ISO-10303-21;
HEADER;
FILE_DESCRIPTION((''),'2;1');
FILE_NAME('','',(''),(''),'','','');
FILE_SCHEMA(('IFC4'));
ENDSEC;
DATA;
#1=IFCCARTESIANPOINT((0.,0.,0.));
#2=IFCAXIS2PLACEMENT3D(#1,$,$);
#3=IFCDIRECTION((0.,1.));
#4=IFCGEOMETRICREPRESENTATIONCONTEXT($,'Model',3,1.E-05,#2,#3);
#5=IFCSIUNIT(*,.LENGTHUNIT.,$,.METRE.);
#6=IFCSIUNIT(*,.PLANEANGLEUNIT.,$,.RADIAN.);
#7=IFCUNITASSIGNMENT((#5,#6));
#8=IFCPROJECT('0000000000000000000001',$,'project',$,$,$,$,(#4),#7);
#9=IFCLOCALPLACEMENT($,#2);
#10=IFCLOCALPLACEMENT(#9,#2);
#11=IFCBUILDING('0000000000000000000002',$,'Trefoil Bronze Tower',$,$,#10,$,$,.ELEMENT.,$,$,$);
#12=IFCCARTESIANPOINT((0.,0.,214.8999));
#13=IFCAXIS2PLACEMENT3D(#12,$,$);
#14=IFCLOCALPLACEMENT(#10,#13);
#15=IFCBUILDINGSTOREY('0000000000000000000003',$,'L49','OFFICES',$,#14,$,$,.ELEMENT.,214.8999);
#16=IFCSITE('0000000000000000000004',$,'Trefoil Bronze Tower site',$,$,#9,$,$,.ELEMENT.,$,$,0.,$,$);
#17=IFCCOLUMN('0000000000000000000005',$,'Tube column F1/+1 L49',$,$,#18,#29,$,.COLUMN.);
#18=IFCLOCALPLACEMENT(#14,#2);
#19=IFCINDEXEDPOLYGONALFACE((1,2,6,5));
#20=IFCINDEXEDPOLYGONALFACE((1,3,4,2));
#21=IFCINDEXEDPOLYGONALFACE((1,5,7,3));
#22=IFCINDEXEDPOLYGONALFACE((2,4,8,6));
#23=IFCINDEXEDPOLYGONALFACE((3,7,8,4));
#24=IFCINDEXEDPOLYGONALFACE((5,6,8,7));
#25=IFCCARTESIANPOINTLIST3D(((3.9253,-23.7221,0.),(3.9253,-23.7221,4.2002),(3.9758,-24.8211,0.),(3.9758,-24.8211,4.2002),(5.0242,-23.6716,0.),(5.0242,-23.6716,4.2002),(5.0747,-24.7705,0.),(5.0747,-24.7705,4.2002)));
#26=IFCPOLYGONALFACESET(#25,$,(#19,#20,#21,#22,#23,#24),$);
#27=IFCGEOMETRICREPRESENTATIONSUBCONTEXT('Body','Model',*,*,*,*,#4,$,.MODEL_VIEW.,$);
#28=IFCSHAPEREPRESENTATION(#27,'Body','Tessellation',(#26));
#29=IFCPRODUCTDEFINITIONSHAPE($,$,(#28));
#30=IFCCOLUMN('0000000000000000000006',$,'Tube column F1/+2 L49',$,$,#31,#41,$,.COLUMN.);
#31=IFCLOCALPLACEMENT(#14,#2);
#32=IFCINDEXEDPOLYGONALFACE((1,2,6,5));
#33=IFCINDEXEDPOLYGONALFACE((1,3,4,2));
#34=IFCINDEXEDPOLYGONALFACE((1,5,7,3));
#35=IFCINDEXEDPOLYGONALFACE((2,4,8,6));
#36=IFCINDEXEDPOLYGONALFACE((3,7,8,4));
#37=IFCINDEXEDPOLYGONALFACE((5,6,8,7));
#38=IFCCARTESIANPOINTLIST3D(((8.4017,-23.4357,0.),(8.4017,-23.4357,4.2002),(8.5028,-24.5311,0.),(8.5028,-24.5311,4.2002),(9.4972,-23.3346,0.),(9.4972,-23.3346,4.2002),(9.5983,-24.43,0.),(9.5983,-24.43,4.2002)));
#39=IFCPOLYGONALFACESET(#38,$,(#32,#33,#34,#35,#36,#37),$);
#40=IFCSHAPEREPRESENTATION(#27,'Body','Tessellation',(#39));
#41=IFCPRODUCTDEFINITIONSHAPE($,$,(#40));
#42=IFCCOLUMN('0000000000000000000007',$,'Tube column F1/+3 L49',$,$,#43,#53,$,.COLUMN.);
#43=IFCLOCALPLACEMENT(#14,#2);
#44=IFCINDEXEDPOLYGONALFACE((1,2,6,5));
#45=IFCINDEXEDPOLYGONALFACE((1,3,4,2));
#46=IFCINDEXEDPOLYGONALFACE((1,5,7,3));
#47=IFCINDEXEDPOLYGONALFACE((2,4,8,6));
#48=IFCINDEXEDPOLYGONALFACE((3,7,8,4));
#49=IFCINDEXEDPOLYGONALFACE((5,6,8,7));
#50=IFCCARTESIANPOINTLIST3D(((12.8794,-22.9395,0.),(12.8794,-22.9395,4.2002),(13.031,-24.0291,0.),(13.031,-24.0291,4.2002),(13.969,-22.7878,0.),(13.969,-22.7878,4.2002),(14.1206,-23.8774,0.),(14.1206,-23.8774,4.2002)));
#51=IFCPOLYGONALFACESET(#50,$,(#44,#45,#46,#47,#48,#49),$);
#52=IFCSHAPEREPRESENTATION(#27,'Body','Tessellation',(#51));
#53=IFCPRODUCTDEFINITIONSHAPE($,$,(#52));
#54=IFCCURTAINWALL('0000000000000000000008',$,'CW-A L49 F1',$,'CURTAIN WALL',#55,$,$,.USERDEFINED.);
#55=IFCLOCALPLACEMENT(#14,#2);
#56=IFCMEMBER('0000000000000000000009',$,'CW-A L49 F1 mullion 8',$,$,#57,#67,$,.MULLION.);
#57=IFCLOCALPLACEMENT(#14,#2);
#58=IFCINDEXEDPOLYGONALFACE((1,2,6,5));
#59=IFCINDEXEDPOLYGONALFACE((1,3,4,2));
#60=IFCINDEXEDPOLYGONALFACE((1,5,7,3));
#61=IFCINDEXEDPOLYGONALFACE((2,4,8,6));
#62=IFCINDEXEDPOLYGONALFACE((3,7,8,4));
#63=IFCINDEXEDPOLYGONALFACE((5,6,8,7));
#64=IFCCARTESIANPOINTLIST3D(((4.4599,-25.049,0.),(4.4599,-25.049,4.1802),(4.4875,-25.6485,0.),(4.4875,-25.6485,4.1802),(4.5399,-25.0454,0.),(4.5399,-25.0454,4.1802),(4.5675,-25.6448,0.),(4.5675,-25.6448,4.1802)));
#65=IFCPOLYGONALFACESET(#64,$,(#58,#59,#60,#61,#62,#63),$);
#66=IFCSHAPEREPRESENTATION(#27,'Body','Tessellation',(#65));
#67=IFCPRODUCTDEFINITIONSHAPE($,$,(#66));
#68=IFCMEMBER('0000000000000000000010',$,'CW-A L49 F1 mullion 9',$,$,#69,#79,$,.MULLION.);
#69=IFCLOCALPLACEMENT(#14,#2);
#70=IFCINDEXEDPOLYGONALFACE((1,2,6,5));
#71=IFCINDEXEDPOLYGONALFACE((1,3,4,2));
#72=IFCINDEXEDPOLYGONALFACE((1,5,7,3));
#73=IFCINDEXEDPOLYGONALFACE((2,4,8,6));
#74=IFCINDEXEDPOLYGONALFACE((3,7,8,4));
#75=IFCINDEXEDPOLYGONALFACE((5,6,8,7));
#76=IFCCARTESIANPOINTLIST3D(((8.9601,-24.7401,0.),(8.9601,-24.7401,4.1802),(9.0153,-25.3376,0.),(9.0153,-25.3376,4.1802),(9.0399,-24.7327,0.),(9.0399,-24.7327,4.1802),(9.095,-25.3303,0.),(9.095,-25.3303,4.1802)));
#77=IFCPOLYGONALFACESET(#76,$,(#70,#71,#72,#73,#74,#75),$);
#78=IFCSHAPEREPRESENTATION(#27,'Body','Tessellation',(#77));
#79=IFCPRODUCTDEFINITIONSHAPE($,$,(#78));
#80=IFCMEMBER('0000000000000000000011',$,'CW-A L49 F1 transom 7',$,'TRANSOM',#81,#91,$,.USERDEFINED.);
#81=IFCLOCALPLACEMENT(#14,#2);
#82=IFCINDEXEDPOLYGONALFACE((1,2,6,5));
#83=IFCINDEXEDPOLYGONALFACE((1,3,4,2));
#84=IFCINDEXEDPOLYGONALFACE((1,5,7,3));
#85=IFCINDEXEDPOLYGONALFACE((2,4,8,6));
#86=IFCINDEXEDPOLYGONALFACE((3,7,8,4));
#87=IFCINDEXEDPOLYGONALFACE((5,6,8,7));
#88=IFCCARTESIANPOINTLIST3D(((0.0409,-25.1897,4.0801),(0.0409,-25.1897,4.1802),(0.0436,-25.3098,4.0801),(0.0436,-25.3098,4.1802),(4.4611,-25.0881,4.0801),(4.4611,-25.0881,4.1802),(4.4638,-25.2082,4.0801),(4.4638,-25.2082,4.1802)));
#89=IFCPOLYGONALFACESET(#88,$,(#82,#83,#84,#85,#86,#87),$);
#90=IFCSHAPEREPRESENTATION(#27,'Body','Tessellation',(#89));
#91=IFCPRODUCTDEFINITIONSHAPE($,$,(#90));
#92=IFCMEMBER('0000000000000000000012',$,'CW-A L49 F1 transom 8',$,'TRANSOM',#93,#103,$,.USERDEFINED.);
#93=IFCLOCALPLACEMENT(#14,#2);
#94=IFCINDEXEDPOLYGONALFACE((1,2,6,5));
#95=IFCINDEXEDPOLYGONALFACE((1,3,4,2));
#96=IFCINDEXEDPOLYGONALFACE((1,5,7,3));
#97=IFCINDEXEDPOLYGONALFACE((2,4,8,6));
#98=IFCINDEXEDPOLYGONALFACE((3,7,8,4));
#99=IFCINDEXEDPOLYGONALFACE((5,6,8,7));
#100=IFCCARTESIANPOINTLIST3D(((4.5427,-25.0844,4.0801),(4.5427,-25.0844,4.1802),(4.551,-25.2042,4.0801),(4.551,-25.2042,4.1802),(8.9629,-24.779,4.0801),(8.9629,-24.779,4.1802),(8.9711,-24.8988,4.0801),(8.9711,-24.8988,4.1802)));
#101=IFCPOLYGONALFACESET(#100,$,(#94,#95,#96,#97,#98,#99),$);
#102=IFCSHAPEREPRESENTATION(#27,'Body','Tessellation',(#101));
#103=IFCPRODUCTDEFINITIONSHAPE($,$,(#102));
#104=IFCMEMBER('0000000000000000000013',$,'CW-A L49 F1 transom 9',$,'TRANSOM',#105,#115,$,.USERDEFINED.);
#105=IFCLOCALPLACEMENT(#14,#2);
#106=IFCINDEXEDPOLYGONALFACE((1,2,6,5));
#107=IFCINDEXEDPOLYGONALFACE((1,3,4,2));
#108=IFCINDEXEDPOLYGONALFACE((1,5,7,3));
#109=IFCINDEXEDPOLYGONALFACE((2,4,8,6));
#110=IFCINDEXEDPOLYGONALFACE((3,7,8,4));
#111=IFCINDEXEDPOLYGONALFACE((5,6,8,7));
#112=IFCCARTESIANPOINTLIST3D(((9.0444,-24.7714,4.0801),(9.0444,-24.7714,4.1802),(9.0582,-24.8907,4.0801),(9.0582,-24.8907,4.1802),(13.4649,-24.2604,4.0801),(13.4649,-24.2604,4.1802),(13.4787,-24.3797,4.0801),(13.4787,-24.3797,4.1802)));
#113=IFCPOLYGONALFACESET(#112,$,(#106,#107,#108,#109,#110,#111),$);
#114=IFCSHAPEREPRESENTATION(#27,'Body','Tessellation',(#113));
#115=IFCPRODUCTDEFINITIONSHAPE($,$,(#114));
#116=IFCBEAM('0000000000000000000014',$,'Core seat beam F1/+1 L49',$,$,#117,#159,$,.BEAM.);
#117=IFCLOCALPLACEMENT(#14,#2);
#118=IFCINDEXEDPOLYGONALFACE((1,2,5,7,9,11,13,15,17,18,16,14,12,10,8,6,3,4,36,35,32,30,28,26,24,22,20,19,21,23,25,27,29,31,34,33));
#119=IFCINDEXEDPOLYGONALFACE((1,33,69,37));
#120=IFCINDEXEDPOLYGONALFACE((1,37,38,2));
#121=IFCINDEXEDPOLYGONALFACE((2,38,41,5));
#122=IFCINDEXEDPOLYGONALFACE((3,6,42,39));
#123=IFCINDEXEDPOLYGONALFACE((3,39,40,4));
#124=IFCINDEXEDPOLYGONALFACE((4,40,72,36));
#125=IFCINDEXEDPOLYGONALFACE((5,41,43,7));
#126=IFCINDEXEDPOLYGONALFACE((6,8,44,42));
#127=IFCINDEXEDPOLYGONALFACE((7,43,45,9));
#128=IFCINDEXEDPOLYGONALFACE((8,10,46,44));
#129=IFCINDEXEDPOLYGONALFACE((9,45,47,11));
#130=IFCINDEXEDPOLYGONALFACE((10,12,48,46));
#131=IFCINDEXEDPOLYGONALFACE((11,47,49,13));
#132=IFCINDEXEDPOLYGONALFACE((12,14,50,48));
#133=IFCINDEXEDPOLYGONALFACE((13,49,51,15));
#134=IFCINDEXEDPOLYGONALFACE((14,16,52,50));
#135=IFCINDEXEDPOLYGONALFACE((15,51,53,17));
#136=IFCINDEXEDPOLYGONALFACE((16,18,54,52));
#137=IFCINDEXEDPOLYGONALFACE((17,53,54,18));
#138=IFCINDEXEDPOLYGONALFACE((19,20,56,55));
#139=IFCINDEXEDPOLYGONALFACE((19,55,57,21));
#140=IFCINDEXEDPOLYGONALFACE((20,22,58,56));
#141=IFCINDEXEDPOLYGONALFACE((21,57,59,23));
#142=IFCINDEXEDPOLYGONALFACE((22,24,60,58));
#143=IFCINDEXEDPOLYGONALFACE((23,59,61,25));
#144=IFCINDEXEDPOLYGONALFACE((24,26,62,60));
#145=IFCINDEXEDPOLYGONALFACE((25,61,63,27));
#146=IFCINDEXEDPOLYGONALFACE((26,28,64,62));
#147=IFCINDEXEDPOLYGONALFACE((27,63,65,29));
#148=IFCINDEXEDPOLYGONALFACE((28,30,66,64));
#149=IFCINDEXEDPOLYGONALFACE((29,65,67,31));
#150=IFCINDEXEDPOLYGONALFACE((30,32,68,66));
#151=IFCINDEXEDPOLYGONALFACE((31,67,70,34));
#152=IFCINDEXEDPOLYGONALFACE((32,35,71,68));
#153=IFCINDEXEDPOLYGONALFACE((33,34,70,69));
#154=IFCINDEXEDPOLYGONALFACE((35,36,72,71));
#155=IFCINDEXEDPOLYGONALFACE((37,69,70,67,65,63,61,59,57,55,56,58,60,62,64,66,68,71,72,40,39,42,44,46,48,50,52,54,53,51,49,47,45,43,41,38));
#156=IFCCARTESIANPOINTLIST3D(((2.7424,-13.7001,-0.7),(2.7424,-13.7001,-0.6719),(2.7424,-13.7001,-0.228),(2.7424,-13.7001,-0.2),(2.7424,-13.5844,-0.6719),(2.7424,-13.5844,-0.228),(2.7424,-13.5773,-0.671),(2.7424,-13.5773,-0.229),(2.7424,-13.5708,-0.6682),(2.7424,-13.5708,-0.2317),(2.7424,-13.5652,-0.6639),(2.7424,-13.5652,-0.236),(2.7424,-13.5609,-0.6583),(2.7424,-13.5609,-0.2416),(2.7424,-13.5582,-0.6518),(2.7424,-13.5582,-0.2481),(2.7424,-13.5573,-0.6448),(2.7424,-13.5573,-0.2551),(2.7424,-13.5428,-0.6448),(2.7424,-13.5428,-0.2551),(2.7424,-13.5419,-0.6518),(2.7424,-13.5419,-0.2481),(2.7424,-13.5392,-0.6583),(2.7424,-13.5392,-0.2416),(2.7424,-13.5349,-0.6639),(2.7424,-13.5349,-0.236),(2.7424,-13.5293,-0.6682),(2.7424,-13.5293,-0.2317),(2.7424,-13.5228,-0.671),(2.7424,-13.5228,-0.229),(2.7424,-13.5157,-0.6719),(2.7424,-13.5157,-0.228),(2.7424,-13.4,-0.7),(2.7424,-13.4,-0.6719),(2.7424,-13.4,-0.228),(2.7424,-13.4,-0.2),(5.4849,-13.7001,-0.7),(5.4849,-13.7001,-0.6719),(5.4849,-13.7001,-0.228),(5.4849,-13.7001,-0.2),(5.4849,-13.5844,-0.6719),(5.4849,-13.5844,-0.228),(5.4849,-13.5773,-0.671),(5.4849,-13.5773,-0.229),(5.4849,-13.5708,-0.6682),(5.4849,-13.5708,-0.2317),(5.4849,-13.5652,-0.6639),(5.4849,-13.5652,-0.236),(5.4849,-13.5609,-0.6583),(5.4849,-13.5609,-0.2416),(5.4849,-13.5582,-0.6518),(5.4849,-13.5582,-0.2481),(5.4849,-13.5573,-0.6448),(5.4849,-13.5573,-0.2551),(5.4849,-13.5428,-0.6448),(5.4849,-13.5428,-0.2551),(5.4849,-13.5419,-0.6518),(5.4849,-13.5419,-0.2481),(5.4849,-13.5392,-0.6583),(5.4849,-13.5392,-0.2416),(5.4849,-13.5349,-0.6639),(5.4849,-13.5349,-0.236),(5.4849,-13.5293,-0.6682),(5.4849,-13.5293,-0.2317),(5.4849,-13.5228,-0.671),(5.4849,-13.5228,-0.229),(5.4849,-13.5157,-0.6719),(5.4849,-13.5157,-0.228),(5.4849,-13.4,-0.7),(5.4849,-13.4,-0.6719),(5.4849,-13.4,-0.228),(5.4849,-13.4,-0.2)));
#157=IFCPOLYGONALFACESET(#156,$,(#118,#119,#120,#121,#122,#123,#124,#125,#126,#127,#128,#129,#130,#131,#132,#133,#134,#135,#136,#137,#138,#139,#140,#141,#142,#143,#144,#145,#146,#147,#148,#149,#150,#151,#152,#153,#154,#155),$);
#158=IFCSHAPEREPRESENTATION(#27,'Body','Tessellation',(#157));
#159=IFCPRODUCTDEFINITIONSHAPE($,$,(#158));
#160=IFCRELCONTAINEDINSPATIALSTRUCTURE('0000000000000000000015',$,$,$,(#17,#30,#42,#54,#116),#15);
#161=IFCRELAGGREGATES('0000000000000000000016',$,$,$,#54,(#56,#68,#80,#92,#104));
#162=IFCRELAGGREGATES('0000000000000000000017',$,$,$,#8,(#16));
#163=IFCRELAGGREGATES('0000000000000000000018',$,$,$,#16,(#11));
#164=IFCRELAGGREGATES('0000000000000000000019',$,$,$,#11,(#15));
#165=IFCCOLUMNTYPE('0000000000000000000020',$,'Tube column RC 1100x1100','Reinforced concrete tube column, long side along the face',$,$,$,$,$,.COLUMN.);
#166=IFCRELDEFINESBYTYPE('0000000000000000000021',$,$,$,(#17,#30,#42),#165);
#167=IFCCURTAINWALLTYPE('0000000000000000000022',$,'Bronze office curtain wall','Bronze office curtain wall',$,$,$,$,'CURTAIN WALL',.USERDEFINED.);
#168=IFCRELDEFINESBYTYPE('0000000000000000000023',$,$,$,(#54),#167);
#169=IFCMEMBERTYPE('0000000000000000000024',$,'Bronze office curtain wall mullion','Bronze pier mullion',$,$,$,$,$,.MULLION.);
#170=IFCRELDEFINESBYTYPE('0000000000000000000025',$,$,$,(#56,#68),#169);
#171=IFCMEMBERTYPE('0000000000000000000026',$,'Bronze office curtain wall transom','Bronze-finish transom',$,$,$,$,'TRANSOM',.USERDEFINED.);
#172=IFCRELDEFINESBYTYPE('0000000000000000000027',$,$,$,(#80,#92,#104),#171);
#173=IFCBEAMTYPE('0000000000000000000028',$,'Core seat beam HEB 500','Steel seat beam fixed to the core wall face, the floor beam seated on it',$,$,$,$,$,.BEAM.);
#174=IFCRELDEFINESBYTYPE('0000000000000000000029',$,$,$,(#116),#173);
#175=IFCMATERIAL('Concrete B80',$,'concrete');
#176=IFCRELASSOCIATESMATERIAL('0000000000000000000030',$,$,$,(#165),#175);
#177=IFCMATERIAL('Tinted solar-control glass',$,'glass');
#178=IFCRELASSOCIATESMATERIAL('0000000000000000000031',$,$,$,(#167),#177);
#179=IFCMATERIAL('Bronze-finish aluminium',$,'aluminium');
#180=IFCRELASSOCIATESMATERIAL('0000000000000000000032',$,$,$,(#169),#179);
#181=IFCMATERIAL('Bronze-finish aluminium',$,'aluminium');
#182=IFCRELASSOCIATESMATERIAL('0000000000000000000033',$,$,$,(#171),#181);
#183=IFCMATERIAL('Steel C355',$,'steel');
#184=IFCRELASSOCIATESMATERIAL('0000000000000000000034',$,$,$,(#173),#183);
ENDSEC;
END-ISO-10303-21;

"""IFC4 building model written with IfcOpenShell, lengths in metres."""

from ifc_helpers import new_model, si_unit, direction, frame, origin, origin_2d, place, context, subcontext, project, spatial, rectangle, i_section, extrude, material, material_profile, profile_set, type_object, element, aggregate, save


model = new_model("IFC4")

# Units and contexts
model_context = context("Model", 3, precision=1e-05, world=origin(), true_north=direction((0.0, 1.0)))
body_context = subcontext(model_context, "Body", "Model", "MODEL_VIEW")
ifc_project = project(units=[si_unit("LENGTHUNIT", "METRE"), si_unit("PLANEANGLEUNIT", "RADIAN")], contexts=[model_context])

# Site, building, storey
site_placement = place(None, origin())
site = spatial("IfcSite", under=ifc_project, at=site_placement, Name="Trefoil Bronze Tower site", CompositionType="ELEMENT", RefElevation=0.0)
building_placement = place(site_placement, origin())
building = spatial("IfcBuilding", under=site, at=building_placement, Name="Trefoil Bronze Tower", CompositionType="ELEMENT")
storey_placement = place(building_placement, frame((0.0, 0.0, 214.8999)))
storey = spatial("IfcBuildingStorey", under=building, at=storey_placement, Name="L49", Description="OFFICES", CompositionType="ELEMENT", Elevation=214.8999)

# Columns
ifc_material_1 = material(Name="Concrete B80", Category="concrete")
ifc_material_profile_1 = material_profile(ifc_material_1, rectangle(XDim=1.1001, YDim=1.1001, at=origin_2d()), Name="RC 1100x1100")
ifc_profile_set_1 = profile_set([ifc_material_profile_1], Name="Concrete B80")
column_type = type_object("IfcColumnType", Name="Tube column RC 1100x1100", Description="Reinforced concrete tube column, long side along the face", PredefinedType="COLUMN", material=ifc_profile_set_1)
for number, where, z_axis, x_axis, name in (
    (1, (4.5, -24.2463, 0.0), (0.0, 0.0, 1.0), (0.998943, 0.045956, 0.0), "Tube column F1/+1 L49"),
    (2, (9.0, -23.9329, 0.0), (0.0, 0.0, 1.0), (0.995767, 0.091911, 0.0), "Tube column F1/+2 L49"),
    (3, (13.5, -23.4084, 0.0), (0.0, 0.0, 1.0), (0.990451, 0.137868, 0.0), "Tube column F1/+3 L49"),
):
    element("IfcColumn", number, at=place(storey_placement, frame(where, z_axis=z_axis, x_axis=x_axis)), inside=storey, type_object=column_type, Name=name, PredefinedType="COLUMN", context=body_context, shape_type="SweptSolid", body=[
        extrude(rectangle(XDim=1.1001, YDim=1.1001, at=origin_2d()), origin(), (0.0, 0.0, 1.0), 4.2002),
    ])

# Curtain wall, members
ifc_material_2 = material(Name="Tinted solar-control glass", Category="glass")
curtain_wall_type = type_object("IfcCurtainWallType", Name="Bronze office curtain wall", Description="Bronze office curtain wall", ElementType="CURTAIN WALL", PredefinedType="USERDEFINED", material=ifc_material_2)
curtain_wall_placement = place(storey_placement, origin())
curtain_wall = element("IfcCurtainWall", 4, at=curtain_wall_placement, inside=storey, type_object=curtain_wall_type, Name="CW-A L49 F1", ObjectType="CURTAIN WALL", PredefinedType="USERDEFINED")
ifc_material_3 = material(Name="Bronze-finish aluminium", Category="aluminium")
ifc_material_profile_2 = material_profile(ifc_material_3, rectangle(XDim=0.6001, YDim=0.0801, at=origin_2d()), Name="CW-A mullion")
ifc_profile_set_2 = profile_set([ifc_material_profile_2], Name="Bronze-finish aluminium")
member_type_1 = type_object("IfcMemberType", Name="Bronze office curtain wall mullion", Description="Bronze pier mullion", PredefinedType="MULLION", material=ifc_profile_set_2)
member_1_placement = place(storey_placement, frame((4.5137, -25.3469, 0.0), z_axis=(0.0, 0.0, 1.0), x_axis=(-0.045956, 0.998943, 0.0)))
member_1 = element("IfcMember", 5, at=member_1_placement, type_object=member_type_1, Name="CW-A L49 F1 mullion 8", PredefinedType="MULLION", context=body_context, shape_type="SweptSolid", body=[
    extrude(rectangle(XDim=0.6001, YDim=0.0801, at=origin_2d()), origin(), (0.0, 0.0, 1.0), 4.1802),
])
member_2_placement = place(storey_placement, frame((9.0276, -25.0352, 0.0), z_axis=(0.0, 0.0, 1.0), x_axis=(-0.091911, 0.995767, 0.0)))
member_2 = element("IfcMember", 6, at=member_2_placement, type_object=member_type_1, Name="CW-A L49 F1 mullion 9", PredefinedType="MULLION", context=body_context, shape_type="SweptSolid", body=[
    extrude(rectangle(XDim=0.6001, YDim=0.0801, at=origin_2d()), origin(), (0.0, 0.0, 1.0), 4.1802),
])
ifc_material_4 = material(Name="Bronze-finish aluminium", Category="aluminium")
ifc_material_profile_3 = material_profile(ifc_material_4, rectangle(XDim=0.1201, YDim=0.1001, at=origin_2d()), Name="CW-A transom")
ifc_profile_set_3 = profile_set([ifc_material_profile_3], Name="Bronze-finish aluminium")
member_type_2 = type_object("IfcMemberType", Name="Bronze office curtain wall transom", Description="Bronze-finish transom", ElementType="TRANSOM", PredefinedType="USERDEFINED", material=ifc_profile_set_3)
member_3_placement = place(storey_placement, frame((0.0422, -25.2498, 4.1301), z_axis=(0.999736, 0.022971, 0.0), x_axis=(-0.022971, 0.999736, 0.0)))
member_3 = element("IfcMember", 7, at=member_3_placement, type_object=member_type_2, Name="CW-A L49 F1 transom 7", ObjectType="TRANSOM", PredefinedType="USERDEFINED", context=body_context, shape_type="SweptSolid", body=[
    extrude(rectangle(XDim=0.1201, YDim=0.1001, at=origin_2d()), origin(), (0.0, 0.0, 1.0), 4.4214),
])
member_4_placement = place(storey_placement, frame((4.5469, -25.1443, 4.1301), z_axis=(0.997621, 0.068933, 0.0), x_axis=(-0.068933, 0.997621, 0.0)))
member_4 = element("IfcMember", 8, at=member_4_placement, type_object=member_type_2, Name="CW-A L49 F1 transom 8", ObjectType="TRANSOM", PredefinedType="USERDEFINED", context=body_context, shape_type="SweptSolid", body=[
    extrude(rectangle(XDim=0.1201, YDim=0.1001, at=origin_2d()), origin(), (0.0, 0.0, 1.0), 4.4307),
])
member_5_placement = place(storey_placement, frame((9.0513, -24.8311, 4.1301), z_axis=(0.993385, 0.114832, 0.0), x_axis=(-0.114832, 0.993385, 0.0)))
member_5 = element("IfcMember", 9, at=member_5_placement, type_object=member_type_2, Name="CW-A L49 F1 transom 9", ObjectType="TRANSOM", PredefinedType="USERDEFINED", context=body_context, shape_type="SweptSolid", body=[
    extrude(rectangle(XDim=0.1201, YDim=0.1001, at=origin_2d()), origin(), (0.0, 0.0, 1.0), 4.45),
])

# Beam
ifc_material_5 = material(Name="Steel C355", Category="steel")
ifc_material_profile_4 = material_profile(ifc_material_5, i_section(OverallWidth=0.3, OverallDepth=0.5, WebThickness=0.0144, FlangeThickness=0.0281, FilletRadius=0.0271, at=origin_2d()), Name="HEB 500")
ifc_profile_set_4 = profile_set([ifc_material_profile_4], Name="Steel C355")
beam_type_1 = type_object("IfcBeamType", Name="Core seat beam HEB 500", Description="Steel seat beam fixed to the core wall face, the floor beam seated on it", PredefinedType="BEAM", material=ifc_profile_set_4)
beam_1_placement = place(storey_placement, frame((2.7424, -13.55, -0.45), z_axis=(1.0, 0.0, 0.0), x_axis=(0.0, 1.0, 0.0)))
element("IfcBeam", 10, at=beam_1_placement, inside=storey, type_object=beam_type_1, Name="Core seat beam F1/+1 L49", PredefinedType="BEAM", context=body_context, shape_type="SweptSolid", body=[
    extrude(i_section(OverallWidth=0.3, OverallDepth=0.5, WebThickness=0.0144, FlangeThickness=0.0281, FilletRadius=0.0271, at=origin_2d()), origin(), (0.0, 0.0, 1.0), 2.7424),
])

aggregate(curtain_wall, [member_1, member_2, member_3, member_4, member_5])

save(model, "model.ifc")
